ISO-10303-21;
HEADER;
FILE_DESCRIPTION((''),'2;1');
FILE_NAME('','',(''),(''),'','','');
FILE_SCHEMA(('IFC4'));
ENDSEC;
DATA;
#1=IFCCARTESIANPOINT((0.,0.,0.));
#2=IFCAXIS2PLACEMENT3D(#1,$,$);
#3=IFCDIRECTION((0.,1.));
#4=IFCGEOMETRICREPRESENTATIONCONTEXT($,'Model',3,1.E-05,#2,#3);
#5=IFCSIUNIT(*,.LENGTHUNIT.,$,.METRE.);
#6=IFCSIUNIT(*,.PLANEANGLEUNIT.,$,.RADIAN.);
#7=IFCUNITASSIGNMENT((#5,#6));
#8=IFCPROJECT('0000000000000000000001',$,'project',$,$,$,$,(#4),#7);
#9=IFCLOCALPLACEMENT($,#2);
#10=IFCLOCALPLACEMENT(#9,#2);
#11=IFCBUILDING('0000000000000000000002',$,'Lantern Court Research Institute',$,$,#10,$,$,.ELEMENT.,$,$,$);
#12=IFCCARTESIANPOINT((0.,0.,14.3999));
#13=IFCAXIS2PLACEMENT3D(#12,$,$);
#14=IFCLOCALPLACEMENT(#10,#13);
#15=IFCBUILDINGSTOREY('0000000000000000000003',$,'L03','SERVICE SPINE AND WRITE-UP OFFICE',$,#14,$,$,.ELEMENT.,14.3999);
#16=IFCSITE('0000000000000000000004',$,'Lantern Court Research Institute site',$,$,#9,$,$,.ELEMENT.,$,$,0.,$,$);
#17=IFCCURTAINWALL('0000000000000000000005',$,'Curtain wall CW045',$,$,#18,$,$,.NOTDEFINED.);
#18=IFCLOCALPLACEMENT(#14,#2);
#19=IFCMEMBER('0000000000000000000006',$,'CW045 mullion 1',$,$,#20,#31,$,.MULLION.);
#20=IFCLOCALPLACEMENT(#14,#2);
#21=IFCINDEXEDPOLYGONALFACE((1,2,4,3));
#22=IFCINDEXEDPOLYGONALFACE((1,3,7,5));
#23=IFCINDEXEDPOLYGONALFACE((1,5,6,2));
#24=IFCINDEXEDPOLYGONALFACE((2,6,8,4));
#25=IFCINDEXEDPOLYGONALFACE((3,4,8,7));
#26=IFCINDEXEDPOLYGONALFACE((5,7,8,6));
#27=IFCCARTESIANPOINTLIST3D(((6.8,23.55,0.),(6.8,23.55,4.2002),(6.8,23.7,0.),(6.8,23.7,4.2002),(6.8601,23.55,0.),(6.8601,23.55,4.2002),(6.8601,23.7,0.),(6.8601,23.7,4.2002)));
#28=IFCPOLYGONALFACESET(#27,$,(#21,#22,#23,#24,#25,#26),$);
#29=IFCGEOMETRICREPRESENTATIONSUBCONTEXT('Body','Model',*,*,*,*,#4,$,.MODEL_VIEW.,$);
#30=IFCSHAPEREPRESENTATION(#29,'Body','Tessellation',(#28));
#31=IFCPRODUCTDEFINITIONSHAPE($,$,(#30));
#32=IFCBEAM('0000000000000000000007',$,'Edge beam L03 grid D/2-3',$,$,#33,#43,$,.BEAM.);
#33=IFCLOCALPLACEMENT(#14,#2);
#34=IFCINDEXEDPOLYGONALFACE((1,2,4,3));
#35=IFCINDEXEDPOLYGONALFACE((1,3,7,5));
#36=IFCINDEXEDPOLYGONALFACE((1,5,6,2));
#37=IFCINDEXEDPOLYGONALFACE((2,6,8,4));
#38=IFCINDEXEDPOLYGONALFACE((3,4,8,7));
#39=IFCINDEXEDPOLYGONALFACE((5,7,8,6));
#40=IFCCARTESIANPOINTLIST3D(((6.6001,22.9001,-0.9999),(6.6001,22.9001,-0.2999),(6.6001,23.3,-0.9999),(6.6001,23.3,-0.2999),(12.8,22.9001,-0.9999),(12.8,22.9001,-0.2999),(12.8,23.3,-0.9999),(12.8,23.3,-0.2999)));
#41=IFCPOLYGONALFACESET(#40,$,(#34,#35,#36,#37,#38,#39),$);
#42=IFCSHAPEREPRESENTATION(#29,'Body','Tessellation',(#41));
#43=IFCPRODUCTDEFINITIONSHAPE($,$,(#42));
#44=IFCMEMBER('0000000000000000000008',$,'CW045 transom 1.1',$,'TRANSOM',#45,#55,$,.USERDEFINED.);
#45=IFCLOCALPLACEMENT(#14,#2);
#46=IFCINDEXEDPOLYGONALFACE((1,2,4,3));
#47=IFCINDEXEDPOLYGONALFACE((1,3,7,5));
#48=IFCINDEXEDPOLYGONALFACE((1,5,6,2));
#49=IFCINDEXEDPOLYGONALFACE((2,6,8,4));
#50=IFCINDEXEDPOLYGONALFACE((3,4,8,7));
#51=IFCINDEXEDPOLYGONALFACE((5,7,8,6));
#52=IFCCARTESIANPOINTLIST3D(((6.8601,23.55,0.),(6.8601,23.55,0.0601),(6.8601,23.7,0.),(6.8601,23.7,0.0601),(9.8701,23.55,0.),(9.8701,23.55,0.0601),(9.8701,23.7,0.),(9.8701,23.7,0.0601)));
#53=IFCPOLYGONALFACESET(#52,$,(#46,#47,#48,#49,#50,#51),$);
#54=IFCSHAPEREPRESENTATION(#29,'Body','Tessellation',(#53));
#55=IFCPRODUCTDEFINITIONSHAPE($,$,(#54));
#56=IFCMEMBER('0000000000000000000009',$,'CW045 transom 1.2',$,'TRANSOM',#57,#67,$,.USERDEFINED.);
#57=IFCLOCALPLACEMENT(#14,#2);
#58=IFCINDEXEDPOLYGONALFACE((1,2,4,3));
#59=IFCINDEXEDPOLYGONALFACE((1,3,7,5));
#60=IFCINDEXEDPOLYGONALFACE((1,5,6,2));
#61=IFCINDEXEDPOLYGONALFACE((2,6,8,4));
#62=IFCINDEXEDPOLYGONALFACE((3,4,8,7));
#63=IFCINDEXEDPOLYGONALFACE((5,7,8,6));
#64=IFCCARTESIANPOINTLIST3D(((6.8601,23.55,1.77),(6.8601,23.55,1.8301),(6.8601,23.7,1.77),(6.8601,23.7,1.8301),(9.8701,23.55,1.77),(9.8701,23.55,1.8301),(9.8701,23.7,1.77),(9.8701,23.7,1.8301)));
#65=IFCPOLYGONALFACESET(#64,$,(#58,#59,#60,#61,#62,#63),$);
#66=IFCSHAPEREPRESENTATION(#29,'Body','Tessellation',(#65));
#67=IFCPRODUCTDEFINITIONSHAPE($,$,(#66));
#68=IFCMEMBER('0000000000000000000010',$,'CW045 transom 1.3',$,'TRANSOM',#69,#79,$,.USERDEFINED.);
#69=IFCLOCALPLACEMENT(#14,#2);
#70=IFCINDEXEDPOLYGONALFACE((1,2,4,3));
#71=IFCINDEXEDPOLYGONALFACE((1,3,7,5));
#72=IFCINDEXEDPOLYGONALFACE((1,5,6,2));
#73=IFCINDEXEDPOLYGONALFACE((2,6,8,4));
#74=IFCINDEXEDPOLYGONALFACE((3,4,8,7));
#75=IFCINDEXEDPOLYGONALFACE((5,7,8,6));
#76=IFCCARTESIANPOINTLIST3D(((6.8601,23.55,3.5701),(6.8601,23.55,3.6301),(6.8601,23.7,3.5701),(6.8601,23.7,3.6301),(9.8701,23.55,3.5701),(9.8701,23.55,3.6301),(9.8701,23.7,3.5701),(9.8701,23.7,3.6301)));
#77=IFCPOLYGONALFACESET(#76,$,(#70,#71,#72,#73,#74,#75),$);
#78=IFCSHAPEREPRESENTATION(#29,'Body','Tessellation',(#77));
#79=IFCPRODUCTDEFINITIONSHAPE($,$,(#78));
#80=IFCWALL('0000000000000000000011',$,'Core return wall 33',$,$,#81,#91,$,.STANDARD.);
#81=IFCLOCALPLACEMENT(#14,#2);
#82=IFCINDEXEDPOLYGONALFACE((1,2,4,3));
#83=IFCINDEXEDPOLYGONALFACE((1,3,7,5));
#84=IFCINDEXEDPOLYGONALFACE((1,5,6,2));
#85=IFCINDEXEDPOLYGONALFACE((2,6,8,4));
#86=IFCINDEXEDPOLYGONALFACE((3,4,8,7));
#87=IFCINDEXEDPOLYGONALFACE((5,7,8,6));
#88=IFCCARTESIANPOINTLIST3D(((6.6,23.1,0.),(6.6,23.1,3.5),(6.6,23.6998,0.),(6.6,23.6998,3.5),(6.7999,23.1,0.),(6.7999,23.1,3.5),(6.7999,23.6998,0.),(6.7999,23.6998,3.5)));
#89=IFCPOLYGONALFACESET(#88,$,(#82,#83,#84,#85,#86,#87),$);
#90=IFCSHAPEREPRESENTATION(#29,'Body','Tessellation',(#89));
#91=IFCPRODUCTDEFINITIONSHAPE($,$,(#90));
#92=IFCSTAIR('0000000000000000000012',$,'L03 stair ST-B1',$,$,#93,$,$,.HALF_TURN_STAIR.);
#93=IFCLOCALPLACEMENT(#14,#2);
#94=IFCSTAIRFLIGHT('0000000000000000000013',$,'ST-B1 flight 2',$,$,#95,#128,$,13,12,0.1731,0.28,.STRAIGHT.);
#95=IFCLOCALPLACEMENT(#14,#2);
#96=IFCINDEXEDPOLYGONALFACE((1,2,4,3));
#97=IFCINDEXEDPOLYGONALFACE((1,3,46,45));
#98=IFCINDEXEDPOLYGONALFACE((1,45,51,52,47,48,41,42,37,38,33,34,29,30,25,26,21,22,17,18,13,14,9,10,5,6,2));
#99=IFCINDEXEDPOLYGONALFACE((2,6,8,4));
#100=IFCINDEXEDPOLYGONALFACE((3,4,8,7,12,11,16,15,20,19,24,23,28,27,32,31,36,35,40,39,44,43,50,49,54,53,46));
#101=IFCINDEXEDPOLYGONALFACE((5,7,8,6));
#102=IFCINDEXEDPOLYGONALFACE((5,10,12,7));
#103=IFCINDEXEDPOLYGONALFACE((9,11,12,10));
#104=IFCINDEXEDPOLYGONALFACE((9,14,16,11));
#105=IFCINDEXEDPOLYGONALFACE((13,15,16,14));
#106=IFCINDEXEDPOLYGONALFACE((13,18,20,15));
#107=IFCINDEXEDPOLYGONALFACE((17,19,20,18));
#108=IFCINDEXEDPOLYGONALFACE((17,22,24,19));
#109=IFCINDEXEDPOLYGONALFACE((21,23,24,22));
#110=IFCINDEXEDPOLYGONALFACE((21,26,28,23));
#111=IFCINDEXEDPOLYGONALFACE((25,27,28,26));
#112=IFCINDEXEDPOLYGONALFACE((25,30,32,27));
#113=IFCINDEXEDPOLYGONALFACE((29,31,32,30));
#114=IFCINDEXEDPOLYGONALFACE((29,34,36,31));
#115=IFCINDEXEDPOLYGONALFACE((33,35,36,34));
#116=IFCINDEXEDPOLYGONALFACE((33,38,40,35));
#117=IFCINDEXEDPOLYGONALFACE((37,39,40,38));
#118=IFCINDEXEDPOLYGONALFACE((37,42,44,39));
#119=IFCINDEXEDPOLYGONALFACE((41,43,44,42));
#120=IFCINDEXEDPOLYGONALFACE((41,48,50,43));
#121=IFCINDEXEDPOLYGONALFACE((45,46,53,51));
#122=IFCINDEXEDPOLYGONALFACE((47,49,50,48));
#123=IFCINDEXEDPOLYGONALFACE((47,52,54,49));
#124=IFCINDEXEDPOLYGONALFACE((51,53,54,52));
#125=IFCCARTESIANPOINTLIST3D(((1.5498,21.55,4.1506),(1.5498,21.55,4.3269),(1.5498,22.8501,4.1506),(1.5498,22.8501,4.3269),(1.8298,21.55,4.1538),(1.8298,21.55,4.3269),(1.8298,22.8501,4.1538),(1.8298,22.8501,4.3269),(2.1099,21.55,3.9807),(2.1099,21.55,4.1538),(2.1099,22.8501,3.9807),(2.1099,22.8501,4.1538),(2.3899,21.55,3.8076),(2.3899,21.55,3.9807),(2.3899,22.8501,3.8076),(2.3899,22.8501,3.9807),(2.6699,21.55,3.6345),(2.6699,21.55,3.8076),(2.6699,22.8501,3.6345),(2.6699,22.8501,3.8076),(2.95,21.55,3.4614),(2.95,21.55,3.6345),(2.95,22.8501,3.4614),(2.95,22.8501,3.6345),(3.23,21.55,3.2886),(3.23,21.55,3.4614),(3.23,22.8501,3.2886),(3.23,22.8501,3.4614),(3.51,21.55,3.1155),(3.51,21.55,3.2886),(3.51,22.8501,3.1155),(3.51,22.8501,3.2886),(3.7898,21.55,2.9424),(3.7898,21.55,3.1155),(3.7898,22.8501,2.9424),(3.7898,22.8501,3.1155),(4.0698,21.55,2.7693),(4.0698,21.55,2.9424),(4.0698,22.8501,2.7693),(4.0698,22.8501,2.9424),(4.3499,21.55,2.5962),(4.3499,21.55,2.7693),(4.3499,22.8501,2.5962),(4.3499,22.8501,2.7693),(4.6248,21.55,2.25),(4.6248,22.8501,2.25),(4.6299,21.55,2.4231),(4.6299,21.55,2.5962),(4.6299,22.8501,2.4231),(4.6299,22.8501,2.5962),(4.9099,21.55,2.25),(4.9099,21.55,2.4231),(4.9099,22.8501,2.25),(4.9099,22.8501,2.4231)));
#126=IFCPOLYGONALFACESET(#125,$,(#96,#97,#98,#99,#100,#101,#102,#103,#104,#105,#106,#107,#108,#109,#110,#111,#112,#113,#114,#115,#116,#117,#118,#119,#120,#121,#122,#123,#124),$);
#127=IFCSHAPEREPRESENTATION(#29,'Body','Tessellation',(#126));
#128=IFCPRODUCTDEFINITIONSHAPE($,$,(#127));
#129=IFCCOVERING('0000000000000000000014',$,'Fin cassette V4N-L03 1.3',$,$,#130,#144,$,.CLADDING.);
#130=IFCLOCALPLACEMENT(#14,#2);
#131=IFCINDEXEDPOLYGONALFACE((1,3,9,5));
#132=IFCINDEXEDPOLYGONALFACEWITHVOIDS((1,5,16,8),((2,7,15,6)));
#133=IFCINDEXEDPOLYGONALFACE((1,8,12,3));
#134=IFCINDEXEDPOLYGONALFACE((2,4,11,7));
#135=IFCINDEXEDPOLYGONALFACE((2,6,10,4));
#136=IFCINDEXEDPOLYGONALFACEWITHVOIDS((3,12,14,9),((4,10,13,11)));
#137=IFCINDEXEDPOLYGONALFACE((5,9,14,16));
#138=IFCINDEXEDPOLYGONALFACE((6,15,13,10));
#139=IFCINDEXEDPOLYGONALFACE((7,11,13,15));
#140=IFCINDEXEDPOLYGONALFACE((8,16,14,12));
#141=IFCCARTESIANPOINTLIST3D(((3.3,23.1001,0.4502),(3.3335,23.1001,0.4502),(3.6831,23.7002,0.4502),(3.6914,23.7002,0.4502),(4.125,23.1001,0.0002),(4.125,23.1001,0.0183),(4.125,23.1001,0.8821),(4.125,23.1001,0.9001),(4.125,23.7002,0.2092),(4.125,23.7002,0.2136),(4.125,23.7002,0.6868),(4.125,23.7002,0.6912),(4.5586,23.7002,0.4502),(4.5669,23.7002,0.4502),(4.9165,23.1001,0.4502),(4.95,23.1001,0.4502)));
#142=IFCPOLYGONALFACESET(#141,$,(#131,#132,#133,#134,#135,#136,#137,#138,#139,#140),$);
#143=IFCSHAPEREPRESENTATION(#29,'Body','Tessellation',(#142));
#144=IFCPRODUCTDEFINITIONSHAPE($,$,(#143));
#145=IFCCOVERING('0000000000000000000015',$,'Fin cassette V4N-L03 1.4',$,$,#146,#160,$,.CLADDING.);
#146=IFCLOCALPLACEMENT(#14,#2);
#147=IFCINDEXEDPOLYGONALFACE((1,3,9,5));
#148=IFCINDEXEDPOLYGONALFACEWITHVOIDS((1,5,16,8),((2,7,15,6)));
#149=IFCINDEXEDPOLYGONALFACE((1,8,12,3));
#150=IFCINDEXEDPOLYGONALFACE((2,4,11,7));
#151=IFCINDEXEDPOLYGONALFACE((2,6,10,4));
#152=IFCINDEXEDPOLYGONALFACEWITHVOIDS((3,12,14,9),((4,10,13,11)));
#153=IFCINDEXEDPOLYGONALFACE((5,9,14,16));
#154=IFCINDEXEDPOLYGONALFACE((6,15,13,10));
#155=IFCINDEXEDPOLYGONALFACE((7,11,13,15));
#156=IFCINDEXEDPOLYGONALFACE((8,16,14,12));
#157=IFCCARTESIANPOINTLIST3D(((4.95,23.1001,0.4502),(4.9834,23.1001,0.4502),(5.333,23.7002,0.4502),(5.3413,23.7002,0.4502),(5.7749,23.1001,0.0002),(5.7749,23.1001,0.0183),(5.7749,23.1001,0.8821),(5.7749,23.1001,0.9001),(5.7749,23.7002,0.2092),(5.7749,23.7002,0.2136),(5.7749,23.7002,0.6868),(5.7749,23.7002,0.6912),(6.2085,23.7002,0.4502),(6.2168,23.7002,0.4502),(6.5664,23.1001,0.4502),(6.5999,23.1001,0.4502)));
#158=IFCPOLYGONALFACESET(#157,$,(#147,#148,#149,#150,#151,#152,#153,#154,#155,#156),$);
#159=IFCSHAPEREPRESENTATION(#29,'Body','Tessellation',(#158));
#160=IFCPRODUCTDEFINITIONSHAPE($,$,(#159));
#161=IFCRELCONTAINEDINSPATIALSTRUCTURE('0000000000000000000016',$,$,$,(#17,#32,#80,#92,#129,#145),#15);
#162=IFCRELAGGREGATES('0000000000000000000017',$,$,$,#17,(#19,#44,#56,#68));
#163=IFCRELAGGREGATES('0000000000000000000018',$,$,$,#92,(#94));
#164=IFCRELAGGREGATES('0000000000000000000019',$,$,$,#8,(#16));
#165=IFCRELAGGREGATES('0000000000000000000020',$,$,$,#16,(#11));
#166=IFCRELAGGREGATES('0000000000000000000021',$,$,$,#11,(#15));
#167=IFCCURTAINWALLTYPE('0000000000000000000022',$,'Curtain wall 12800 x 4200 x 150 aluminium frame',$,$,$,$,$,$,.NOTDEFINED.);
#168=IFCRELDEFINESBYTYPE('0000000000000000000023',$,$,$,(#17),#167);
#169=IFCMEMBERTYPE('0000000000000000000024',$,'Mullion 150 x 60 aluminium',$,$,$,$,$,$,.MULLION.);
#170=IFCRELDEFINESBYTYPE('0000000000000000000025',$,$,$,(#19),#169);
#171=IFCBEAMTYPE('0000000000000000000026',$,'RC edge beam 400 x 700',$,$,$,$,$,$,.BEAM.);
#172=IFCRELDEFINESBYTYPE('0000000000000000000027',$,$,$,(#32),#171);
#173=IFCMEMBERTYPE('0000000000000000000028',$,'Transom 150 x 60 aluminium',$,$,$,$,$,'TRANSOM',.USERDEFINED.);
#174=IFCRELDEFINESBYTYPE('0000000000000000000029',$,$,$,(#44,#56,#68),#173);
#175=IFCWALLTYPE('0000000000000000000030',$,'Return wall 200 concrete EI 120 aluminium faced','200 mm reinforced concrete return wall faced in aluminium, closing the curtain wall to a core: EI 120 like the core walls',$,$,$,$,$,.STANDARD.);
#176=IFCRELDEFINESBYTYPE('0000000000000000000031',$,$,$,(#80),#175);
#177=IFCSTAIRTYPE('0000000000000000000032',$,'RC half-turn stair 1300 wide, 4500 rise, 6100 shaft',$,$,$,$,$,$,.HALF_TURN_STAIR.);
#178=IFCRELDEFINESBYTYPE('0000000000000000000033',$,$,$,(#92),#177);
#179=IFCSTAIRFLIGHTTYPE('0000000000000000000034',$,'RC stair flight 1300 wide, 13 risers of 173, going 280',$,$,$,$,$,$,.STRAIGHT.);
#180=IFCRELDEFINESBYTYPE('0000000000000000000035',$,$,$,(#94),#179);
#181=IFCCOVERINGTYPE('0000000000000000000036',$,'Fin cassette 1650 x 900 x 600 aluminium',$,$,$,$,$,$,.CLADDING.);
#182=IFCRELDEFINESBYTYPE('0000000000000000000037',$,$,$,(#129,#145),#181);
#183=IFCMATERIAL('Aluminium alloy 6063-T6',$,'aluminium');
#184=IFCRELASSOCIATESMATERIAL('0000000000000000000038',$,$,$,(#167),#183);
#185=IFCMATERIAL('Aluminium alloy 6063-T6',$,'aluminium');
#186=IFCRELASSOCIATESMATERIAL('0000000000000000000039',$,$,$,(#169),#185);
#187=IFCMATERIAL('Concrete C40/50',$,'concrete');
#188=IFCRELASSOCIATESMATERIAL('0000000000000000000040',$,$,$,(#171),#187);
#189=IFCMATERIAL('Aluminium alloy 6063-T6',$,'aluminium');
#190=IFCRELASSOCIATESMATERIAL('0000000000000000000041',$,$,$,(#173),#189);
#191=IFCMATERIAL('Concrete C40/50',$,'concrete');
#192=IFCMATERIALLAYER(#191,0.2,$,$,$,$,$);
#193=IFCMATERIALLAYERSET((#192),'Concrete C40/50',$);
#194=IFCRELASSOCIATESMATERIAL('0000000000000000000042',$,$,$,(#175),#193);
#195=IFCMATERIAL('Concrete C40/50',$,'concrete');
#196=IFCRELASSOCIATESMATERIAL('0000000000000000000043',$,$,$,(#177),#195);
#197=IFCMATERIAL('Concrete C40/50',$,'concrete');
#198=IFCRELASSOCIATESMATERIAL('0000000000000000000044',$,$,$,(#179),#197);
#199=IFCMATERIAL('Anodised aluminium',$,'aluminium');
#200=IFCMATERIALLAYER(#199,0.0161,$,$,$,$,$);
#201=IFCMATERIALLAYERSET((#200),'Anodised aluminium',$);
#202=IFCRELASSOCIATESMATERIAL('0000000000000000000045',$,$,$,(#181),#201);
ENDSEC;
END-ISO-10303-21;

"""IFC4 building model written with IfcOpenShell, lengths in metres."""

from ifc_helpers import new_model, entity, si_unit, direction, frame, frame_2d, origin, origin_2d, place, context, subcontext, project, spatial, polyline, rectangle, outline, extrude, material, layer, layer_set, material_profile, profile_set, type_object, element, aggregate, save


model = new_model("IFC4")

# Units and contexts
model_context = context("Model", 3, precision=1e-05, world=origin(), true_north=direction((0.0, 1.0)))
body_context = subcontext(model_context, "Body", "Model", "MODEL_VIEW")
ifc_project = project(units=[si_unit("LENGTHUNIT", "METRE"), si_unit("PLANEANGLEUNIT", "RADIAN")], contexts=[model_context])

# Site, building, storey
site_placement = place(None, origin())
site = spatial("IfcSite", under=ifc_project, at=site_placement, Name="Lantern Court Research Institute site", CompositionType="ELEMENT", RefElevation=0.0)
building_placement = place(site_placement, origin())
building = spatial("IfcBuilding", under=site, at=building_placement, Name="Lantern Court Research Institute", CompositionType="ELEMENT")
storey_placement = place(building_placement, frame((0.0, 0.0, 14.3999)))
storey = spatial("IfcBuildingStorey", under=building, at=storey_placement, Name="L03", Description="SERVICE SPINE AND WRITE-UP OFFICE", CompositionType="ELEMENT", Elevation=14.3999)

# Curtain wall, member
ifc_material_1 = material(Name="Aluminium alloy 6063-T6", Category="aluminium")
curtain_wall_type = type_object("IfcCurtainWallType", Name="Curtain wall 12800 x 4200 x 150 aluminium frame", PredefinedType="NOTDEFINED", material=ifc_material_1)
curtain_wall_placement = place(storey_placement, origin())
curtain_wall = element("IfcCurtainWall", 1, at=curtain_wall_placement, inside=storey, type_object=curtain_wall_type, Name="Curtain wall CW045", PredefinedType="NOTDEFINED")
ifc_material_2 = material(Name="Aluminium alloy 6063-T6", Category="aluminium")
ifc_material_profile_1 = material_profile(ifc_material_2, rectangle(XDim=0.1499, YDim=0.0601, at=origin_2d()), Name="Mullion 150 x 60")
ifc_profile_set_1 = profile_set([ifc_material_profile_1], Name="Aluminium alloy 6063-T6")
member_type_1 = type_object("IfcMemberType", Name="Mullion 150 x 60 aluminium", PredefinedType="MULLION", material=ifc_profile_set_1)
member_1_placement = place(storey_placement, frame((6.8301, 23.625, 0.0), z_axis=(0.0, 0.0, 1.0), x_axis=(0.0, 1.0, 0.0)))
member_1 = element("IfcMember", 2, at=member_1_placement, type_object=member_type_1, Name="CW045 mullion 1", PredefinedType="MULLION", context=body_context, shape_type="SweptSolid", body=[
    extrude(rectangle(XDim=0.1499, YDim=0.0601, at=origin_2d()), origin(), (0.0, 0.0, 1.0), 4.2002),
])

# Beam
ifc_material_3 = material(Name="Concrete C40/50", Category="concrete")
ifc_material_profile_2 = material_profile(ifc_material_3, rectangle(XDim=0.3999, YDim=0.7, at=origin_2d()), Name="RC beam 400 x 700")
ifc_profile_set_2 = profile_set([ifc_material_profile_2], Name="Concrete C40/50")
beam_type = type_object("IfcBeamType", Name="RC edge beam 400 x 700", PredefinedType="BEAM", material=ifc_profile_set_2)
beam_placement = place(storey_placement, frame((6.6001, 23.1001, -0.6499), z_axis=(1.0, 0.0, 0.0), x_axis=(0.0, 1.0, 0.0)))
element("IfcBeam", 3, at=beam_placement, inside=storey, type_object=beam_type, Name="Edge beam L03 grid D/2-3", PredefinedType="BEAM", context=body_context, shape_type="SweptSolid", body=[
    extrude(rectangle(XDim=0.3999, YDim=0.7, at=origin_2d()), origin(), (0.0, 0.0, 1.0), 6.2),
])

# Members
ifc_material_4 = material(Name="Aluminium alloy 6063-T6", Category="aluminium")
ifc_material_profile_3 = material_profile(ifc_material_4, rectangle(XDim=0.1499, YDim=0.0601, at=origin_2d()), Name="Transom 150 x 60")
ifc_profile_set_3 = profile_set([ifc_material_profile_3], Name="Aluminium alloy 6063-T6")
member_type_2 = type_object("IfcMemberType", Name="Transom 150 x 60 aluminium", ElementType="TRANSOM", PredefinedType="USERDEFINED", material=ifc_profile_set_3)
member_2_placement = place(storey_placement, frame((6.8601, 23.625, 0.03), z_axis=(1.0, 0.0, 0.0), x_axis=(0.0, 1.0, 0.0)))
member_2 = element("IfcMember", 4, at=member_2_placement, type_object=member_type_2, Name="CW045 transom 1.1", ObjectType="TRANSOM", PredefinedType="USERDEFINED", context=body_context, shape_type="SweptSolid", body=[
    extrude(rectangle(XDim=0.1499, YDim=0.0601, at=origin_2d()), origin(), (0.0, 0.0, 1.0), 3.01),
])
member_3_placement = place(storey_placement, frame((6.8601, 23.625, 1.8), z_axis=(1.0, 0.0, 0.0), x_axis=(0.0, 1.0, 0.0)))
member_3 = element("IfcMember", 5, at=member_3_placement, type_object=member_type_2, Name="CW045 transom 1.2", ObjectType="TRANSOM", PredefinedType="USERDEFINED", context=body_context, shape_type="SweptSolid", body=[
    extrude(rectangle(XDim=0.1499, YDim=0.0601, at=origin_2d()), origin(), (0.0, 0.0, 1.0), 3.01),
])
member_4_placement = place(storey_placement, frame((6.8601, 23.625, 3.6001), z_axis=(1.0, 0.0, 0.0), x_axis=(0.0, 1.0, 0.0)))
member_4 = element("IfcMember", 6, at=member_4_placement, type_object=member_type_2, Name="CW045 transom 1.3", ObjectType="TRANSOM", PredefinedType="USERDEFINED", context=body_context, shape_type="SweptSolid", body=[
    extrude(rectangle(XDim=0.1499, YDim=0.0601, at=origin_2d()), origin(), (0.0, 0.0, 1.0), 3.01),
])
aggregate(curtain_wall, [member_1, member_2, member_3, member_4])

# Wall
ifc_material_5 = material(Name="Concrete C40/50", Category="concrete")
ifc_layer_1 = layer(ifc_material_5, 0.2)
ifc_layer_set_1 = layer_set([ifc_layer_1], Name="Concrete C40/50")
wall_type = type_object("IfcWallType", Name="Return wall 200 concrete EI 120 aluminium faced", Description="200 mm reinforced concrete return wall faced in aluminium, closing the curtain wall to a core: EI 120 like the core walls", PredefinedType="STANDARD", material=ifc_layer_set_1)
wall_placement = place(storey_placement, frame((6.7, 23.1001, 0.0), z_axis=(0.0, 0.0, 1.0), x_axis=(0.0, 1.0, 0.0)))
element("IfcWall", 7, at=wall_placement, inside=storey, type_object=wall_type, Name="Core return wall 33", PredefinedType="STANDARD", context=body_context, shape_type="SweptSolid", body=[
    extrude(rectangle(XDim=0.5999, YDim=0.2, at=frame_2d((0.2998, 0.0))), origin(), (0.0, 0.0, 1.0), 3.5),
])

# Stair, stair flight
ifc_material_6 = material(Name="Concrete C40/50", Category="concrete")
stair_type = type_object("IfcStairType", Name="RC half-turn stair 1300 wide, 4500 rise, 6100 shaft", PredefinedType="HALF_TURN_STAIR", material=ifc_material_6)
stair_placement = place(storey_placement, origin())
stair = element("IfcStair", 8, at=stair_placement, inside=storey, type_object=stair_type, Name="L03 stair ST-B1", PredefinedType="HALF_TURN_STAIR")
ifc_material_7 = material(Name="Concrete C40/50", Category="concrete")
stair_flight_type = type_object("IfcStairFlightType", Name="RC stair flight 1300 wide, 13 risers of 173, going 280", PredefinedType="STRAIGHT", material=ifc_material_7)
stair_flight_placement = place(storey_placement, frame((4.9099, 22.2, 2.25), z_axis=(0.0, 0.0, 1.0), x_axis=(-1.0, 0.0, 0.0)))
stair_flight = element("IfcStairFlight", 9, at=stair_flight_placement, type_object=stair_flight_type, Name="ST-B1 flight 2", NumberOfRisers=13, NumberOfTreads=12, PredefinedType="STRAIGHT", RiserHeight=0.1731, TreadLength=0.28, context=body_context, shape_type="SweptSolid", body=[
    extrude(outline(polyline([(0.0, 0.0), (0.0, 0.1731), (0.28, 0.1731), (0.28, 0.3462), (0.5601, 0.3462), (0.5601, 0.5193), (0.8401, 0.5193), (0.8401, 0.6924), (1.1201, 0.6924), (1.1201, 0.8655), (1.3999, 0.8655), (1.3999, 1.0386), (1.6799, 1.0386), (1.6799, 1.2114), (1.96, 1.2114), (1.96, 1.3845), (2.24, 1.3845), (2.24, 1.5576), (2.52, 1.5576), (2.52, 1.7307), (2.8, 1.7307), (2.8, 1.9038), (3.0801, 1.9038), (3.0801, 2.0769), (3.3601, 2.0769), (3.3601, 2.25), (3.3601, 1.9006), (0.2852, 0.0), (0.0, 0.0)])), frame((0.0, 0.6499, 0.0), z_axis=(0.0, -1.0, 0.0), x_axis=(1.0, 0.0, 0.0)), (0.0, 0.0, 1.0), 1.3),
])
aggregate(stair, [stair_flight])

# Coverings
ifc_material_8 = material(Name="Anodised aluminium", Category="aluminium")
ifc_layer_2 = layer(ifc_material_8, 0.0161)
ifc_layer_set_2 = layer_set([ifc_layer_2], Name="Anodised aluminium")
covering_type = type_object("IfcCoveringType", Name="Fin cassette 1650 x 900 x 600 aluminium", PredefinedType="CLADDING", material=ifc_layer_set_2)
covering_1_placement = place(storey_placement, frame((4.125, 23.1001, 0.4502), z_axis=(0.0, 1.0, 0.0), x_axis=(-1.0, 0.0, 0.0)))
cartesian_point_1 = entity("IfcCartesianPoint", [0.825, 0.0])
cartesian_point_2 = entity("IfcCartesianPoint", [0.7915, 0.0])
cartesian_point_3 = entity("IfcCartesianPoint", [0.4419, 0.0])
cartesian_point_4 = entity("IfcCartesianPoint", [0.4336, 0.0])
element("IfcCovering", 10, at=covering_1_placement, inside=storey, type_object=covering_type, Name="Fin cassette V4N-L03 1.3", PredefinedType="CLADDING", context=body_context, shape_type="SweptSolid", body=[
    entity("IfcExtrudedAreaSolidTapered", entity("IfcArbitraryProfileDefWithVoids", "AREA", None, entity("IfcPolyline", [cartesian_point_1, entity("IfcCartesianPoint", [0.0, 0.45]), entity("IfcCartesianPoint", [-0.825, 0.0]), entity("IfcCartesianPoint", [0.0, -0.45]), cartesian_point_1]), [entity("IfcPolyline", [cartesian_point_2, entity("IfcCartesianPoint", [0.0, 0.4319]), entity("IfcCartesianPoint", [-0.7915, 0.0]), entity("IfcCartesianPoint", [0.0, -0.4319]), cartesian_point_2])]), entity("IfcAxis2Placement3D", entity("IfcCartesianPoint", [0.0, 0.0, 0.0])), entity("IfcDirection", [0.0, 0.0, 1.0]), 0.6001, entity("IfcArbitraryProfileDefWithVoids", "AREA", None, entity("IfcPolyline", [cartesian_point_3, entity("IfcCartesianPoint", [0.0, 0.241]), entity("IfcCartesianPoint", [-0.4419, 0.0]), entity("IfcCartesianPoint", [0.0, -0.241]), cartesian_point_3]), [entity("IfcPolyline", [cartesian_point_4, entity("IfcCartesianPoint", [0.0, 0.2366]), entity("IfcCartesianPoint", [-0.4336, 0.0]), entity("IfcCartesianPoint", [0.0, -0.2366]), cartesian_point_4])])),
])
covering_2_placement = place(storey_placement, frame((5.7749, 23.1001, 0.4502), z_axis=(0.0, 1.0, 0.0), x_axis=(-1.0, 0.0, 0.0)))
cartesian_point_5 = entity("IfcCartesianPoint", [0.825, 0.0])
cartesian_point_6 = entity("IfcCartesianPoint", [0.7915, 0.0])
cartesian_point_7 = entity("IfcCartesianPoint", [0.4419, 0.0])
cartesian_point_8 = entity("IfcCartesianPoint", [0.4336, 0.0])
element("IfcCovering", 11, at=covering_2_placement, inside=storey, type_object=covering_type, Name="Fin cassette V4N-L03 1.4", PredefinedType="CLADDING", context=body_context, shape_type="SweptSolid", body=[
    entity("IfcExtrudedAreaSolidTapered", entity("IfcArbitraryProfileDefWithVoids", "AREA", None, entity("IfcPolyline", [cartesian_point_5, entity("IfcCartesianPoint", [0.0, 0.45]), entity("IfcCartesianPoint", [-0.825, 0.0]), entity("IfcCartesianPoint", [0.0, -0.45]), cartesian_point_5]), [entity("IfcPolyline", [cartesian_point_6, entity("IfcCartesianPoint", [0.0, 0.4319]), entity("IfcCartesianPoint", [-0.7915, 0.0]), entity("IfcCartesianPoint", [0.0, -0.4319]), cartesian_point_6])]), entity("IfcAxis2Placement3D", entity("IfcCartesianPoint", [0.0, 0.0, 0.0])), entity("IfcDirection", [0.0, 0.0, 1.0]), 0.6001, entity("IfcArbitraryProfileDefWithVoids", "AREA", None, entity("IfcPolyline", [cartesian_point_7, entity("IfcCartesianPoint", [0.0, 0.241]), entity("IfcCartesianPoint", [-0.4419, 0.0]), entity("IfcCartesianPoint", [0.0, -0.241]), cartesian_point_7]), [entity("IfcPolyline", [cartesian_point_8, entity("IfcCartesianPoint", [0.0, 0.2366]), entity("IfcCartesianPoint", [-0.4336, 0.0]), entity("IfcCartesianPoint", [0.0, -0.2366]), cartesian_point_8])])),
])

save(model, "model.ifc")
